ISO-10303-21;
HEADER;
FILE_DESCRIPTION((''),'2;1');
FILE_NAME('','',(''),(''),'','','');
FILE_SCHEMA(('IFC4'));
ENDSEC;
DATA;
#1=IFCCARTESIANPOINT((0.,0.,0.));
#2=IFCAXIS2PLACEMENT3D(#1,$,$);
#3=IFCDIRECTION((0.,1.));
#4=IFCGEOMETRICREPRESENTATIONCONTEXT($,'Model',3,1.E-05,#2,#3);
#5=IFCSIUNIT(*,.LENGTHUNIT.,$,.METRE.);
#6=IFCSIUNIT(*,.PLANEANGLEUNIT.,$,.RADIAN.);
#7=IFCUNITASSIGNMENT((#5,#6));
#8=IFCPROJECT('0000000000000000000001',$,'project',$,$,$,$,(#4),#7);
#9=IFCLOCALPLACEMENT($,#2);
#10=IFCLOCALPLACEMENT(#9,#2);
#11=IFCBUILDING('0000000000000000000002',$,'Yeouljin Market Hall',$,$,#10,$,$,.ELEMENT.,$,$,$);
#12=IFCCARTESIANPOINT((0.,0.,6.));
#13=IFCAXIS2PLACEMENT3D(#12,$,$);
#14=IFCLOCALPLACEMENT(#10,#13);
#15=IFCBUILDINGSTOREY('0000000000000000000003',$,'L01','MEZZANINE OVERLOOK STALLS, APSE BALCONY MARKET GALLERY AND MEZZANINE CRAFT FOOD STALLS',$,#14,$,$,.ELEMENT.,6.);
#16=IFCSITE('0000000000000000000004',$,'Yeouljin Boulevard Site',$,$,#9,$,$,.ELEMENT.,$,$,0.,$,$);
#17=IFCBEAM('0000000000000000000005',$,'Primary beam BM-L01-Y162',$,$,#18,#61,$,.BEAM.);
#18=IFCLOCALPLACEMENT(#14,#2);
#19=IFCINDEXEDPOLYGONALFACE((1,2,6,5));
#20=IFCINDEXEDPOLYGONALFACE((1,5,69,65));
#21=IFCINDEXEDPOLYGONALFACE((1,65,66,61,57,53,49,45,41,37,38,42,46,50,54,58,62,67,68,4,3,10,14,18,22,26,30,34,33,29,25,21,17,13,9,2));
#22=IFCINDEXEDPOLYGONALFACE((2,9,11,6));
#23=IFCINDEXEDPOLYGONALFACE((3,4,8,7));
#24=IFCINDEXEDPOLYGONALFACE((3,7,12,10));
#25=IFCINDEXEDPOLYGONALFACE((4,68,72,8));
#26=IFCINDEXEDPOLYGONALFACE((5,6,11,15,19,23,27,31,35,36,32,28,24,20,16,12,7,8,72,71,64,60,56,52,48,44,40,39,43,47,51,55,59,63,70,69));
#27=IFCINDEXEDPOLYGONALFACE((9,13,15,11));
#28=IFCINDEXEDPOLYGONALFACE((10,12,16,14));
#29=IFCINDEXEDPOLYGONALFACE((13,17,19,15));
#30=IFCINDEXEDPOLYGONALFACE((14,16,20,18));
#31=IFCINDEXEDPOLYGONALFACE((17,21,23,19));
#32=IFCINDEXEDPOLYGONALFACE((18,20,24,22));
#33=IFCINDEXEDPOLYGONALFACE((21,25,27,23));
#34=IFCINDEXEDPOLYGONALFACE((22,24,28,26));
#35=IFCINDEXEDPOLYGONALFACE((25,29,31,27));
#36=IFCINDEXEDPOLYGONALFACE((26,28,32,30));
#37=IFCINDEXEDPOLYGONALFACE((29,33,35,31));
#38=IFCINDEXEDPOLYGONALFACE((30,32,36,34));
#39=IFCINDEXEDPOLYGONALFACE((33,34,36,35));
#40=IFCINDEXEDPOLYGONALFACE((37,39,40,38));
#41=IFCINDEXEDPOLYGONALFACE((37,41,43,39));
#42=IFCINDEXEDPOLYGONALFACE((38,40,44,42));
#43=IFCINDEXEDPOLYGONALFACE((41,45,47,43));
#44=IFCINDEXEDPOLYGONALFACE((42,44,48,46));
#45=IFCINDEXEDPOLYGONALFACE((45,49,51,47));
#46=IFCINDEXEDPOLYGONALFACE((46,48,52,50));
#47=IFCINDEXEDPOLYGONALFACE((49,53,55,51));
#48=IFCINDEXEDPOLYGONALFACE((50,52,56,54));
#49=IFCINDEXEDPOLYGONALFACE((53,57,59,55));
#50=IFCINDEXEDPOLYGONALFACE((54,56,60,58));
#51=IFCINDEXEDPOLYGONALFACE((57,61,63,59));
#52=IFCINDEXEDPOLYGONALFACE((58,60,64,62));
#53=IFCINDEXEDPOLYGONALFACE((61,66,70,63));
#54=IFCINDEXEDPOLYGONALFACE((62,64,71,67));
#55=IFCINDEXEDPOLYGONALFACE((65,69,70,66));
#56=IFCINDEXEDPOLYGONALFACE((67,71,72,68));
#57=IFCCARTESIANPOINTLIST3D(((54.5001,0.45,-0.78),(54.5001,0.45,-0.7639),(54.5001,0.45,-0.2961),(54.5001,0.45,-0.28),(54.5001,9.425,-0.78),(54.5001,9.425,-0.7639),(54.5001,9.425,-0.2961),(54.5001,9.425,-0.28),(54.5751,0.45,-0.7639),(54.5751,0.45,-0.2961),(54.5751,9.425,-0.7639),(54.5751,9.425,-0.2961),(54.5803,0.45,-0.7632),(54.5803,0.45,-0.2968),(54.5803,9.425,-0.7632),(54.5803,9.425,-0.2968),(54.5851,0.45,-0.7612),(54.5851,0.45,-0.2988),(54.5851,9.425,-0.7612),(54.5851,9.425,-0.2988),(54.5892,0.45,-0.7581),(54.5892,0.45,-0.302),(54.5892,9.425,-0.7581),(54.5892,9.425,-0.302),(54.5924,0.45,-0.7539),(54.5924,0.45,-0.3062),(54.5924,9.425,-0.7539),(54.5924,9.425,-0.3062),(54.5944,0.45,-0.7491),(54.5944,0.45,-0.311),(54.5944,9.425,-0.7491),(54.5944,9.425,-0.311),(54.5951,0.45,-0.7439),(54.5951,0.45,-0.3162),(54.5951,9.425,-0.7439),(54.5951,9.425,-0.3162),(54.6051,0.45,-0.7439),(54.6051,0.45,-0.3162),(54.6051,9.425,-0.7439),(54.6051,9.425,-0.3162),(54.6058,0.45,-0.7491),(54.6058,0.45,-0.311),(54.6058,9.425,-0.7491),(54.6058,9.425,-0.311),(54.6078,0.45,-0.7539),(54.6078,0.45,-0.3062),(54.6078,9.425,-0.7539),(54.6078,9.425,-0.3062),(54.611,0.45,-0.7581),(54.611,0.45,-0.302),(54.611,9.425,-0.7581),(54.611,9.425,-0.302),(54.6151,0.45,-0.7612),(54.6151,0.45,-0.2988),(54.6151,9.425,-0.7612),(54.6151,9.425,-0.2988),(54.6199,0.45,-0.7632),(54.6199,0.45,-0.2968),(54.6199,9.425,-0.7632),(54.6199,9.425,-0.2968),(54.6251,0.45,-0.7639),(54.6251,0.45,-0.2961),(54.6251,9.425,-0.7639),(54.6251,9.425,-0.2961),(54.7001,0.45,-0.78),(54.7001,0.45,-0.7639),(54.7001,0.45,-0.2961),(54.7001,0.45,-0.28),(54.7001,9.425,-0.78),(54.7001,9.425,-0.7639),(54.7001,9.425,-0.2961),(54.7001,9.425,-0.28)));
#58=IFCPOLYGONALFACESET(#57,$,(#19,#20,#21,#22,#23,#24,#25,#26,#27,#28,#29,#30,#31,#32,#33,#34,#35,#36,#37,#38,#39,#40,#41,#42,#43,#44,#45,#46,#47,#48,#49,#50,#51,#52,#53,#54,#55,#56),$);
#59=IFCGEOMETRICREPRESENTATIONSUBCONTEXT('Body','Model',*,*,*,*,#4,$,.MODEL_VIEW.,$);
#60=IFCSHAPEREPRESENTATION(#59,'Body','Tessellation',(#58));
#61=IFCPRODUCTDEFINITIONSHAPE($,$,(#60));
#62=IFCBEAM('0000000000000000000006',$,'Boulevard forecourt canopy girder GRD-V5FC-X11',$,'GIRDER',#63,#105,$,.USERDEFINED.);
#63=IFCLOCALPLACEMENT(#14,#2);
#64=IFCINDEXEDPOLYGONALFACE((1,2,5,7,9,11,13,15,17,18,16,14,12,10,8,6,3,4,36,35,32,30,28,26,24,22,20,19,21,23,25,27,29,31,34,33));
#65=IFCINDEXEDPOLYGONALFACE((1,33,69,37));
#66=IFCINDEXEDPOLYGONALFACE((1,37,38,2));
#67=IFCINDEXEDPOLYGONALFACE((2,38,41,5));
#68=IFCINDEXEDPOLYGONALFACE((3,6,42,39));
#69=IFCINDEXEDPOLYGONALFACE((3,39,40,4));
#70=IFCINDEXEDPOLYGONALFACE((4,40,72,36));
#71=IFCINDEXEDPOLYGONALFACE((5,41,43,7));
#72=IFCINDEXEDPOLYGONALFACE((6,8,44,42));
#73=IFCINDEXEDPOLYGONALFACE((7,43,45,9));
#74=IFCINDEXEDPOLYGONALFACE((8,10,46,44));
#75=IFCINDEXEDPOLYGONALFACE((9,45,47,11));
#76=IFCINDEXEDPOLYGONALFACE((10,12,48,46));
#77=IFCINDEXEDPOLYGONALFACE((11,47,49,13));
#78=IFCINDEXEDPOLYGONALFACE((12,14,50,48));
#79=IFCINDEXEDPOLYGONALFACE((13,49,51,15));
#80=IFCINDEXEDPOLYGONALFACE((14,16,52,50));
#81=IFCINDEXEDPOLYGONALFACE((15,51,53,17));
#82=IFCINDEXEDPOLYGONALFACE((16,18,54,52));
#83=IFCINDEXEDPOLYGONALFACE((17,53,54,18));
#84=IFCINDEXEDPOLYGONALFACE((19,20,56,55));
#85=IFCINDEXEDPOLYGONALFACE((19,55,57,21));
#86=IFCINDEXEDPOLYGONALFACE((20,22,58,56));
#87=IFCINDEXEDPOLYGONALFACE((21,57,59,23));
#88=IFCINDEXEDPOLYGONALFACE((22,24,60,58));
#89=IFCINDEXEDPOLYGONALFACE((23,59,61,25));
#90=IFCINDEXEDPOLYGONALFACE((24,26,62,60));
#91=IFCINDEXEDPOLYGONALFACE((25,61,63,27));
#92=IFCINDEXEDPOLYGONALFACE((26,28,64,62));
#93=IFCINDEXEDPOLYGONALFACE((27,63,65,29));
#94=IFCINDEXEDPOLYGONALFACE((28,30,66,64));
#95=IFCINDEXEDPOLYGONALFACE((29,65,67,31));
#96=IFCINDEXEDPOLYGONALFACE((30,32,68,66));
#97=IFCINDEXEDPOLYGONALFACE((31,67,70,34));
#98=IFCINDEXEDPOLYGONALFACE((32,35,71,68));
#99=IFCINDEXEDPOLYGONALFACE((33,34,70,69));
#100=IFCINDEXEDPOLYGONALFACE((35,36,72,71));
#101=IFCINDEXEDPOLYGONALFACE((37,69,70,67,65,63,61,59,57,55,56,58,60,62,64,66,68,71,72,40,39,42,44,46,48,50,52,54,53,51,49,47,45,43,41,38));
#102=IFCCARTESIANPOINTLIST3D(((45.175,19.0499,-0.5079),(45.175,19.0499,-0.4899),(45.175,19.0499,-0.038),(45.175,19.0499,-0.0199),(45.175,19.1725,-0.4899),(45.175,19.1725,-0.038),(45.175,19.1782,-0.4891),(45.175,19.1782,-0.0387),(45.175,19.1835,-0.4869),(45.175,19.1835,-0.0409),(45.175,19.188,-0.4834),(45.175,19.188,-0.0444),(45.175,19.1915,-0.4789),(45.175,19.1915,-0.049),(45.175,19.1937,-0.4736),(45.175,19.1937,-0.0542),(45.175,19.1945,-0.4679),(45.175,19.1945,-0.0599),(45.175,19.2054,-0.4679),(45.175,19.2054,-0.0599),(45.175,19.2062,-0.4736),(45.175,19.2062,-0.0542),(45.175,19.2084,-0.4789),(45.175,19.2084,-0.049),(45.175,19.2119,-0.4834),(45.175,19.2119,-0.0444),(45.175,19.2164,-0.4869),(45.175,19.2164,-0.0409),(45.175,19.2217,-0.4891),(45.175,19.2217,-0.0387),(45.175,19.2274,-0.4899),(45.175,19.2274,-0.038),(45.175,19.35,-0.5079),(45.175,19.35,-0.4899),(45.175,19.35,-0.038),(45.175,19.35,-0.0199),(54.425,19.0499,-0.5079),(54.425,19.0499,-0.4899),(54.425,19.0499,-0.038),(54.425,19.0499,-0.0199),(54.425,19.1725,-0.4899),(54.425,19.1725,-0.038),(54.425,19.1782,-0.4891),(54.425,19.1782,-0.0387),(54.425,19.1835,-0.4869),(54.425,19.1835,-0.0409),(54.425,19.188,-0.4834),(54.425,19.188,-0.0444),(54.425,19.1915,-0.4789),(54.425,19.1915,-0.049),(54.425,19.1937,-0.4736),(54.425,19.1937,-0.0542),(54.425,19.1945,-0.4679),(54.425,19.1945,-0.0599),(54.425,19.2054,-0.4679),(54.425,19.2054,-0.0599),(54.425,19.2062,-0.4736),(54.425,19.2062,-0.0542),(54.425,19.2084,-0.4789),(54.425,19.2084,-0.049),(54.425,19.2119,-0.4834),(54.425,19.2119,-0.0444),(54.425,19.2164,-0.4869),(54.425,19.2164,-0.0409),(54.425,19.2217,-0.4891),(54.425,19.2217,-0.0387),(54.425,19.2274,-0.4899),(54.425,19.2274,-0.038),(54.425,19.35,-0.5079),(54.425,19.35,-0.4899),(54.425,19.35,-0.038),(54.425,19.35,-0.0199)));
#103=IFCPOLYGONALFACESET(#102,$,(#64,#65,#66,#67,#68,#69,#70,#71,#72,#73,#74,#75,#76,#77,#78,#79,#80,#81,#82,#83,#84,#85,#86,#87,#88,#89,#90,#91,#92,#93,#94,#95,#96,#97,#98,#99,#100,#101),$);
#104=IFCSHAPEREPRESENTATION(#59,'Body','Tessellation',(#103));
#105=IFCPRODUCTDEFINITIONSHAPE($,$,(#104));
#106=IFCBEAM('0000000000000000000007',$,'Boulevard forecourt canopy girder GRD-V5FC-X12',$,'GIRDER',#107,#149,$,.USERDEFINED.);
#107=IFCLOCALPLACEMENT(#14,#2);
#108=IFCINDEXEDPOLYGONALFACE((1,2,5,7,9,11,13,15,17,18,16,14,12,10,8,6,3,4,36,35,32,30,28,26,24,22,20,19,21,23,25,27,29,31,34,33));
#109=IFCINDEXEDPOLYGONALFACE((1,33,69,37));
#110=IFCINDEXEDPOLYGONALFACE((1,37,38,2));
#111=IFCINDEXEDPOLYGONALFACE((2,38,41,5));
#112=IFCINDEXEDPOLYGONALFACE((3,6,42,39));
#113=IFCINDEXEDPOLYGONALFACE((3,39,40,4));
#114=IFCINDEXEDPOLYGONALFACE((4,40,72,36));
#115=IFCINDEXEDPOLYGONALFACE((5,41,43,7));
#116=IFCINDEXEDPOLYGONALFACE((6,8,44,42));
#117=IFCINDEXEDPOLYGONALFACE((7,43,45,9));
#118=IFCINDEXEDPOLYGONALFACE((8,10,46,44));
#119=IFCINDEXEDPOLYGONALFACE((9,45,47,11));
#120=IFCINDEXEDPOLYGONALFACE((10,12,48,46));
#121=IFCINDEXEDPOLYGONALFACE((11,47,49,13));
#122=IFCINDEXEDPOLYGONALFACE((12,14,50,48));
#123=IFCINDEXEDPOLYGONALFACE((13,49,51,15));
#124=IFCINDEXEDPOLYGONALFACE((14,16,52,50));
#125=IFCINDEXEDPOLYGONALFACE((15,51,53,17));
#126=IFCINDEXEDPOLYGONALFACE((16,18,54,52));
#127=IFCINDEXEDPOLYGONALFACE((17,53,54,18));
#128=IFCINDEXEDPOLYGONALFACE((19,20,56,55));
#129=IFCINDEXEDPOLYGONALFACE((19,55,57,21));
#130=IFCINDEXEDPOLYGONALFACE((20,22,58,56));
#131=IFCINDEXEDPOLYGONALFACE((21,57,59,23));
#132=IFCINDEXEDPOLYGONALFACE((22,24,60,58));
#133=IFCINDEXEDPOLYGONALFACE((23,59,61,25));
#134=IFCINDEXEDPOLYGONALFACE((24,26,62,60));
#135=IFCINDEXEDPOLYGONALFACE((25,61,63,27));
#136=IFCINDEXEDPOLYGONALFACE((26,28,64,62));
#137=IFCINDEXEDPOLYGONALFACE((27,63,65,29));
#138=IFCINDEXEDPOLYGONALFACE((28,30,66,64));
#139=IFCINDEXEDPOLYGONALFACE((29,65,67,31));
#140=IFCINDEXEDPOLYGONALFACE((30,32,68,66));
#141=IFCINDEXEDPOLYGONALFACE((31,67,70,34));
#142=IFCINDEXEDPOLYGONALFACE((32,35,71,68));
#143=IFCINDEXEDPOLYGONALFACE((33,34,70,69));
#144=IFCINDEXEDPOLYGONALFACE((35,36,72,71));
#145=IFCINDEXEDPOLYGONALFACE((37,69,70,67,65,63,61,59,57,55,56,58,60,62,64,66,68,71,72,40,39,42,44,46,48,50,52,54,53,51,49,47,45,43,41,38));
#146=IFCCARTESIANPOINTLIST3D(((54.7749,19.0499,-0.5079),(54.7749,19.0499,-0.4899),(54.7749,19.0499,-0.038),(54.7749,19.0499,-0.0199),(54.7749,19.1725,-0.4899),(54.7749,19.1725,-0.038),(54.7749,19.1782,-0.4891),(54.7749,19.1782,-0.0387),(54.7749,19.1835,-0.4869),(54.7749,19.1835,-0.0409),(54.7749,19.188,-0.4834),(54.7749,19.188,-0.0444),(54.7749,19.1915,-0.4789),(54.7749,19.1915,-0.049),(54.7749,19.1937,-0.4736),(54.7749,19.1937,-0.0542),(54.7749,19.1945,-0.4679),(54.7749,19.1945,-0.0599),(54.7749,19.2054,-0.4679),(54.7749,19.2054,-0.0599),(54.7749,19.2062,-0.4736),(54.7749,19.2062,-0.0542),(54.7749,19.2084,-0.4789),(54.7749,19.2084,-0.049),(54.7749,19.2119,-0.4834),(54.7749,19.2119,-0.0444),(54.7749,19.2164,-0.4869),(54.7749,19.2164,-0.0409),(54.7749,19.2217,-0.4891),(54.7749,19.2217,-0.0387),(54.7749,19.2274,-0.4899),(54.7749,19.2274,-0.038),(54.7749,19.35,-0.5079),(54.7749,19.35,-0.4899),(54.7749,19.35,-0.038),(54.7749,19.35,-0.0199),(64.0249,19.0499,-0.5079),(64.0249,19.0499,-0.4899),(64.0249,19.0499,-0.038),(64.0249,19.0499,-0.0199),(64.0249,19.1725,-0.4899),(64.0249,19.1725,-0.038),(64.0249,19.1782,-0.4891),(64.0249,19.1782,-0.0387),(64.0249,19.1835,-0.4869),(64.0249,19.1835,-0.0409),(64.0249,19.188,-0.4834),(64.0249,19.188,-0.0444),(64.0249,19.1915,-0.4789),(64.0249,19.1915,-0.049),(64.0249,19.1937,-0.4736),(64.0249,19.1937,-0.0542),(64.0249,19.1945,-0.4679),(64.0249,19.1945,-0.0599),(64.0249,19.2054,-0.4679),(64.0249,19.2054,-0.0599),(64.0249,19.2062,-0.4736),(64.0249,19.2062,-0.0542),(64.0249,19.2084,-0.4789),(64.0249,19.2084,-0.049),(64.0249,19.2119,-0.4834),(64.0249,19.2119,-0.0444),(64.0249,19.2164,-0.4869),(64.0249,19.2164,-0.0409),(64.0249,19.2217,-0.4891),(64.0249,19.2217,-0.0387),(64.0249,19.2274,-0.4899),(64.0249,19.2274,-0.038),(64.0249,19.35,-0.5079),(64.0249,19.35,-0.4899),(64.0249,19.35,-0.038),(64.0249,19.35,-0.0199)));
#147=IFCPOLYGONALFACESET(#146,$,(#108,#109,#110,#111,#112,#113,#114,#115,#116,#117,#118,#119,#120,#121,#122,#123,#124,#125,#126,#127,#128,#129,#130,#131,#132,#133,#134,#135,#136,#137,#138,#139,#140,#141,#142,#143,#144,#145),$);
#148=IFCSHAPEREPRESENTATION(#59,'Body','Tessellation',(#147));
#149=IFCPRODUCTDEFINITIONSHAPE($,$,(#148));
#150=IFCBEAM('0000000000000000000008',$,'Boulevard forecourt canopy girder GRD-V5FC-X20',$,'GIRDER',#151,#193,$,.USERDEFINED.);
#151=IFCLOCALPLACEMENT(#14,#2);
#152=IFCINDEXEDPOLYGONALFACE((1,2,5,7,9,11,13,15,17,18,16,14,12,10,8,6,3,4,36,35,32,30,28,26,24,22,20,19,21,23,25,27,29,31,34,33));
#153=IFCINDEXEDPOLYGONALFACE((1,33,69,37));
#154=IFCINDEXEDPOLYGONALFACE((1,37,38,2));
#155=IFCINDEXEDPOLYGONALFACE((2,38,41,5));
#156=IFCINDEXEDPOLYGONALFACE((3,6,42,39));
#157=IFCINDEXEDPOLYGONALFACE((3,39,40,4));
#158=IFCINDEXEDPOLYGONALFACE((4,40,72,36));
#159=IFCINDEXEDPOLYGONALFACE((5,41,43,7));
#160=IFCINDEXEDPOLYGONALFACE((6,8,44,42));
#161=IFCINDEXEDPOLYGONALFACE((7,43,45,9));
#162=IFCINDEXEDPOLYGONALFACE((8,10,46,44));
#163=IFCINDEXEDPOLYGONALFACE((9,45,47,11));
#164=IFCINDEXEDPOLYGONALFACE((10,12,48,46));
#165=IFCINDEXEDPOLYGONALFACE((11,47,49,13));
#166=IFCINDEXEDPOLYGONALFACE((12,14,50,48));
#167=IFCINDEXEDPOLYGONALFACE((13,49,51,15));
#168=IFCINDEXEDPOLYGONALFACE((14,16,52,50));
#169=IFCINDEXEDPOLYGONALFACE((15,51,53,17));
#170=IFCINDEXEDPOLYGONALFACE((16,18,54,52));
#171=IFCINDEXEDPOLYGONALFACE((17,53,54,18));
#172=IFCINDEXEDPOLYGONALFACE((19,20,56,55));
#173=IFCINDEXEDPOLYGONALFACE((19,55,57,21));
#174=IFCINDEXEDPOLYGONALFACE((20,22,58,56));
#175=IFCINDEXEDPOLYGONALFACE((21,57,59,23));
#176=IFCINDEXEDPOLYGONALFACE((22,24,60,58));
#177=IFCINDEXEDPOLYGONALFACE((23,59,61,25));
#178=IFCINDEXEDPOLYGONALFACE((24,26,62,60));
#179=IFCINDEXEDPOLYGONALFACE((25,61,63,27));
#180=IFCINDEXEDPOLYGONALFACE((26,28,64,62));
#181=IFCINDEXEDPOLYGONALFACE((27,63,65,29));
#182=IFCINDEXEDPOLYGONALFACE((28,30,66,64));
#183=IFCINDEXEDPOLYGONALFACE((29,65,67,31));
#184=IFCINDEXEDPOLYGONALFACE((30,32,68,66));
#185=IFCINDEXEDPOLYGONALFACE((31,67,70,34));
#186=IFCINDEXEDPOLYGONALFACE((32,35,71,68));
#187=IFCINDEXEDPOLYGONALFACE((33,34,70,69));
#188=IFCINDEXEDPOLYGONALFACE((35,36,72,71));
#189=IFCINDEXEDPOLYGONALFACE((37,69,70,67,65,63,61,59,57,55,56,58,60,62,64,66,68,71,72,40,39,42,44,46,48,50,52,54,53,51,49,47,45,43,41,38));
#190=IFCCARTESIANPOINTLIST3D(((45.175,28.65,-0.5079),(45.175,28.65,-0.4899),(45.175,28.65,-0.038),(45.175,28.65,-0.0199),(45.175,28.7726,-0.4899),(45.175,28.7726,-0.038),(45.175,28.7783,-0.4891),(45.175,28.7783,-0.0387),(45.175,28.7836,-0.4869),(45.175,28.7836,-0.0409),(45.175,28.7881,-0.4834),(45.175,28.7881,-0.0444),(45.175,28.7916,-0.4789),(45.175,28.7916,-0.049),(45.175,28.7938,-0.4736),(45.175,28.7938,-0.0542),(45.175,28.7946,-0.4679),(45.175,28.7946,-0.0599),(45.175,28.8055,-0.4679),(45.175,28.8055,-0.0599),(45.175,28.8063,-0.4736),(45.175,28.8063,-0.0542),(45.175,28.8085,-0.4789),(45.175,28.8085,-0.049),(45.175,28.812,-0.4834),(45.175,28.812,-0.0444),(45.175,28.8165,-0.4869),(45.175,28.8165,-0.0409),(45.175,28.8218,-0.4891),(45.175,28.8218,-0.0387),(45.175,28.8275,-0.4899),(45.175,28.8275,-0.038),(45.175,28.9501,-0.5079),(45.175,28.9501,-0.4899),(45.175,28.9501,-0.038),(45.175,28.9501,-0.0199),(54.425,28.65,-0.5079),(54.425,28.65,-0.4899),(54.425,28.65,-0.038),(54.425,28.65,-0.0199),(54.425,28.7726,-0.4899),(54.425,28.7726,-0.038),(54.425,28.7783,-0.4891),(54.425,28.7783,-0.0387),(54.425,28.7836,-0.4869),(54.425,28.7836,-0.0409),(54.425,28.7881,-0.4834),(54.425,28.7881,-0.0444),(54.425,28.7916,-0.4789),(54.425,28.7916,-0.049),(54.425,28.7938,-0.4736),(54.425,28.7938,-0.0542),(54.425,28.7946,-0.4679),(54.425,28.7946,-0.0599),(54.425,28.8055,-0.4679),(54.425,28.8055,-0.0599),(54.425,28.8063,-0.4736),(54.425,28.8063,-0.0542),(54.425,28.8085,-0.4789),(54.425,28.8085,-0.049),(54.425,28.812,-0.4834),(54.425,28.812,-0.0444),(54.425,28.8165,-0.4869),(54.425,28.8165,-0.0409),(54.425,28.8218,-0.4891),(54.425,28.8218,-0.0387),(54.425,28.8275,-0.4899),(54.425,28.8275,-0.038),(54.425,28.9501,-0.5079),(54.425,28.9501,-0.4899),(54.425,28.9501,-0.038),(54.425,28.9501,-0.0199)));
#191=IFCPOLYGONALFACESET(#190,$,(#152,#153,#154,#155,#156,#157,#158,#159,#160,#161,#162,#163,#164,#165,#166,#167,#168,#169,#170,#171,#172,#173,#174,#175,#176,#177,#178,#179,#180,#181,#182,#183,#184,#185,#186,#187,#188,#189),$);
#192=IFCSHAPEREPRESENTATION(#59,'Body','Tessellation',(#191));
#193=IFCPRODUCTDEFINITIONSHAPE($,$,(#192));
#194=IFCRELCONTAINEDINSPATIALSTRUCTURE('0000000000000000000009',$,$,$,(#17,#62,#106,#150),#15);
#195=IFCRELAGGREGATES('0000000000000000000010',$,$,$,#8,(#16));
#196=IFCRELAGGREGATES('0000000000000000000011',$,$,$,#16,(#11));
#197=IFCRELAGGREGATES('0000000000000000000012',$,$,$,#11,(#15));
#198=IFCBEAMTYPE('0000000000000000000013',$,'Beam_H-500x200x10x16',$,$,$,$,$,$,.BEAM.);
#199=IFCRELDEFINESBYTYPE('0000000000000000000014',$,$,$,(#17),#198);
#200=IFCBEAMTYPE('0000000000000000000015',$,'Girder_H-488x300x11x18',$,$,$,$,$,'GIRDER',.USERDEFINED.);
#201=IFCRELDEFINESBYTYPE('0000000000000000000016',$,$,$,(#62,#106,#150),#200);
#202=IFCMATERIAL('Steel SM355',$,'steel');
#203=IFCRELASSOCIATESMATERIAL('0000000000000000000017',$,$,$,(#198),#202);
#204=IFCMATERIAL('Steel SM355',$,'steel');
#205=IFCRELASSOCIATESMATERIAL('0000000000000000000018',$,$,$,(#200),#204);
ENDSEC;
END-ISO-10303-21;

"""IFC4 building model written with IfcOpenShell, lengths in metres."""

from ifc_helpers import new_model, si_unit, direction, frame, origin, origin_2d, place, context, subcontext, project, spatial, i_section, extrude, material, material_profile, profile_set, type_object, element, save


model = new_model("IFC4")

# Units and contexts
model_context = context("Model", 3, precision=1e-05, world=origin(), true_north=direction((0.0, 1.0)))
body_context = subcontext(model_context, "Body", "Model", "MODEL_VIEW")
ifc_project = project(units=[si_unit("LENGTHUNIT", "METRE"), si_unit("PLANEANGLEUNIT", "RADIAN")], contexts=[model_context])

# Site, building, storey
site_placement = place(None, origin())
site = spatial("IfcSite", under=ifc_project, at=site_placement, Name="Yeouljin Boulevard Site", CompositionType="ELEMENT", RefElevation=0.0)
building_placement = place(site_placement, origin())
building = spatial("IfcBuilding", under=site, at=building_placement, Name="Yeouljin Market Hall", CompositionType="ELEMENT")
storey_placement = place(building_placement, frame((0.0, 0.0, 6.0)))
storey = spatial("IfcBuildingStorey", under=building, at=storey_placement, Name="L01", Description="MEZZANINE OVERLOOK STALLS, APSE BALCONY MARKET GALLERY AND MEZZANINE CRAFT FOOD STALLS", CompositionType="ELEMENT", Elevation=6.0)

# Beams
ifc_material_1 = material(Name="Steel SM355", Category="steel")
ifc_material_profile_1 = material_profile(ifc_material_1, i_section(OverallWidth=0.2, OverallDepth=0.5, WebThickness=0.01, FlangeThickness=0.0161, FilletRadius=0.02, at=origin_2d()), Name="H-500x200x10x16")
ifc_profile_set_1 = profile_set([ifc_material_profile_1], Name="Steel SM355")
beam_type_1 = type_object("IfcBeamType", Name="Beam_H-500x200x10x16", PredefinedType="BEAM", material=ifc_profile_set_1)
for number, where, z_axis, x_axis, name in (
    (1, (54.6001, 0.45, -0.53), (0.0, 1.0, 0.0), (-1.0, 0.0, 0.0), "Primary beam BM-L01-Y162"),
):
    element("IfcBeam", number, at=place(storey_placement, frame(where, z_axis=z_axis, x_axis=x_axis)), inside=storey, type_object=beam_type_1, Name=name, PredefinedType="BEAM", context=body_context, shape_type="SweptSolid", body=[
        extrude(i_section(OverallWidth=0.2, OverallDepth=0.5, WebThickness=0.01, FlangeThickness=0.0161, FilletRadius=0.02, at=origin_2d()), origin(), (0.0, 0.0, 1.0), 8.9751),
    ])
ifc_material_2 = material(Name="Steel SM355", Category="steel")
ifc_material_profile_2 = material_profile(ifc_material_2, i_section(OverallWidth=0.3, OverallDepth=0.488, WebThickness=0.011, FlangeThickness=0.0181, FilletRadius=0.022, at=origin_2d()), Name="H-488x300x11x18")
ifc_profile_set_2 = profile_set([ifc_material_profile_2], Name="Steel SM355")
beam_type_2 = type_object("IfcBeamType", Name="Girder_H-488x300x11x18", ElementType="GIRDER", PredefinedType="USERDEFINED", material=ifc_profile_set_2)
for number, where, z_axis, x_axis, name in (
    (2, (45.175, 19.2, -0.2639), (1.0, 0.0, 0.0), (0.0, 1.0, 0.0), "Boulevard forecourt canopy girder GRD-V5FC-X11"),
    (3, (54.7749, 19.2, -0.2639), (1.0, 0.0, 0.0), (0.0, 1.0, 0.0), "Boulevard forecourt canopy girder GRD-V5FC-X12"),
    (4, (45.175, 28.8, -0.2639), (1.0, 0.0, 0.0), (0.0, 1.0, 0.0), "Boulevard forecourt canopy girder GRD-V5FC-X20"),
):
    element("IfcBeam", number, at=place(storey_placement, frame(where, z_axis=z_axis, x_axis=x_axis)), inside=storey, type_object=beam_type_2, Name=name, ObjectType="GIRDER", PredefinedType="USERDEFINED", context=body_context, shape_type="SweptSolid", body=[
        extrude(i_section(OverallWidth=0.3, OverallDepth=0.488, WebThickness=0.011, FlangeThickness=0.0181, FilletRadius=0.022, at=origin_2d()), origin(), (0.0, 0.0, 1.0), 9.25),
    ])

save(model, "model.ifc")
